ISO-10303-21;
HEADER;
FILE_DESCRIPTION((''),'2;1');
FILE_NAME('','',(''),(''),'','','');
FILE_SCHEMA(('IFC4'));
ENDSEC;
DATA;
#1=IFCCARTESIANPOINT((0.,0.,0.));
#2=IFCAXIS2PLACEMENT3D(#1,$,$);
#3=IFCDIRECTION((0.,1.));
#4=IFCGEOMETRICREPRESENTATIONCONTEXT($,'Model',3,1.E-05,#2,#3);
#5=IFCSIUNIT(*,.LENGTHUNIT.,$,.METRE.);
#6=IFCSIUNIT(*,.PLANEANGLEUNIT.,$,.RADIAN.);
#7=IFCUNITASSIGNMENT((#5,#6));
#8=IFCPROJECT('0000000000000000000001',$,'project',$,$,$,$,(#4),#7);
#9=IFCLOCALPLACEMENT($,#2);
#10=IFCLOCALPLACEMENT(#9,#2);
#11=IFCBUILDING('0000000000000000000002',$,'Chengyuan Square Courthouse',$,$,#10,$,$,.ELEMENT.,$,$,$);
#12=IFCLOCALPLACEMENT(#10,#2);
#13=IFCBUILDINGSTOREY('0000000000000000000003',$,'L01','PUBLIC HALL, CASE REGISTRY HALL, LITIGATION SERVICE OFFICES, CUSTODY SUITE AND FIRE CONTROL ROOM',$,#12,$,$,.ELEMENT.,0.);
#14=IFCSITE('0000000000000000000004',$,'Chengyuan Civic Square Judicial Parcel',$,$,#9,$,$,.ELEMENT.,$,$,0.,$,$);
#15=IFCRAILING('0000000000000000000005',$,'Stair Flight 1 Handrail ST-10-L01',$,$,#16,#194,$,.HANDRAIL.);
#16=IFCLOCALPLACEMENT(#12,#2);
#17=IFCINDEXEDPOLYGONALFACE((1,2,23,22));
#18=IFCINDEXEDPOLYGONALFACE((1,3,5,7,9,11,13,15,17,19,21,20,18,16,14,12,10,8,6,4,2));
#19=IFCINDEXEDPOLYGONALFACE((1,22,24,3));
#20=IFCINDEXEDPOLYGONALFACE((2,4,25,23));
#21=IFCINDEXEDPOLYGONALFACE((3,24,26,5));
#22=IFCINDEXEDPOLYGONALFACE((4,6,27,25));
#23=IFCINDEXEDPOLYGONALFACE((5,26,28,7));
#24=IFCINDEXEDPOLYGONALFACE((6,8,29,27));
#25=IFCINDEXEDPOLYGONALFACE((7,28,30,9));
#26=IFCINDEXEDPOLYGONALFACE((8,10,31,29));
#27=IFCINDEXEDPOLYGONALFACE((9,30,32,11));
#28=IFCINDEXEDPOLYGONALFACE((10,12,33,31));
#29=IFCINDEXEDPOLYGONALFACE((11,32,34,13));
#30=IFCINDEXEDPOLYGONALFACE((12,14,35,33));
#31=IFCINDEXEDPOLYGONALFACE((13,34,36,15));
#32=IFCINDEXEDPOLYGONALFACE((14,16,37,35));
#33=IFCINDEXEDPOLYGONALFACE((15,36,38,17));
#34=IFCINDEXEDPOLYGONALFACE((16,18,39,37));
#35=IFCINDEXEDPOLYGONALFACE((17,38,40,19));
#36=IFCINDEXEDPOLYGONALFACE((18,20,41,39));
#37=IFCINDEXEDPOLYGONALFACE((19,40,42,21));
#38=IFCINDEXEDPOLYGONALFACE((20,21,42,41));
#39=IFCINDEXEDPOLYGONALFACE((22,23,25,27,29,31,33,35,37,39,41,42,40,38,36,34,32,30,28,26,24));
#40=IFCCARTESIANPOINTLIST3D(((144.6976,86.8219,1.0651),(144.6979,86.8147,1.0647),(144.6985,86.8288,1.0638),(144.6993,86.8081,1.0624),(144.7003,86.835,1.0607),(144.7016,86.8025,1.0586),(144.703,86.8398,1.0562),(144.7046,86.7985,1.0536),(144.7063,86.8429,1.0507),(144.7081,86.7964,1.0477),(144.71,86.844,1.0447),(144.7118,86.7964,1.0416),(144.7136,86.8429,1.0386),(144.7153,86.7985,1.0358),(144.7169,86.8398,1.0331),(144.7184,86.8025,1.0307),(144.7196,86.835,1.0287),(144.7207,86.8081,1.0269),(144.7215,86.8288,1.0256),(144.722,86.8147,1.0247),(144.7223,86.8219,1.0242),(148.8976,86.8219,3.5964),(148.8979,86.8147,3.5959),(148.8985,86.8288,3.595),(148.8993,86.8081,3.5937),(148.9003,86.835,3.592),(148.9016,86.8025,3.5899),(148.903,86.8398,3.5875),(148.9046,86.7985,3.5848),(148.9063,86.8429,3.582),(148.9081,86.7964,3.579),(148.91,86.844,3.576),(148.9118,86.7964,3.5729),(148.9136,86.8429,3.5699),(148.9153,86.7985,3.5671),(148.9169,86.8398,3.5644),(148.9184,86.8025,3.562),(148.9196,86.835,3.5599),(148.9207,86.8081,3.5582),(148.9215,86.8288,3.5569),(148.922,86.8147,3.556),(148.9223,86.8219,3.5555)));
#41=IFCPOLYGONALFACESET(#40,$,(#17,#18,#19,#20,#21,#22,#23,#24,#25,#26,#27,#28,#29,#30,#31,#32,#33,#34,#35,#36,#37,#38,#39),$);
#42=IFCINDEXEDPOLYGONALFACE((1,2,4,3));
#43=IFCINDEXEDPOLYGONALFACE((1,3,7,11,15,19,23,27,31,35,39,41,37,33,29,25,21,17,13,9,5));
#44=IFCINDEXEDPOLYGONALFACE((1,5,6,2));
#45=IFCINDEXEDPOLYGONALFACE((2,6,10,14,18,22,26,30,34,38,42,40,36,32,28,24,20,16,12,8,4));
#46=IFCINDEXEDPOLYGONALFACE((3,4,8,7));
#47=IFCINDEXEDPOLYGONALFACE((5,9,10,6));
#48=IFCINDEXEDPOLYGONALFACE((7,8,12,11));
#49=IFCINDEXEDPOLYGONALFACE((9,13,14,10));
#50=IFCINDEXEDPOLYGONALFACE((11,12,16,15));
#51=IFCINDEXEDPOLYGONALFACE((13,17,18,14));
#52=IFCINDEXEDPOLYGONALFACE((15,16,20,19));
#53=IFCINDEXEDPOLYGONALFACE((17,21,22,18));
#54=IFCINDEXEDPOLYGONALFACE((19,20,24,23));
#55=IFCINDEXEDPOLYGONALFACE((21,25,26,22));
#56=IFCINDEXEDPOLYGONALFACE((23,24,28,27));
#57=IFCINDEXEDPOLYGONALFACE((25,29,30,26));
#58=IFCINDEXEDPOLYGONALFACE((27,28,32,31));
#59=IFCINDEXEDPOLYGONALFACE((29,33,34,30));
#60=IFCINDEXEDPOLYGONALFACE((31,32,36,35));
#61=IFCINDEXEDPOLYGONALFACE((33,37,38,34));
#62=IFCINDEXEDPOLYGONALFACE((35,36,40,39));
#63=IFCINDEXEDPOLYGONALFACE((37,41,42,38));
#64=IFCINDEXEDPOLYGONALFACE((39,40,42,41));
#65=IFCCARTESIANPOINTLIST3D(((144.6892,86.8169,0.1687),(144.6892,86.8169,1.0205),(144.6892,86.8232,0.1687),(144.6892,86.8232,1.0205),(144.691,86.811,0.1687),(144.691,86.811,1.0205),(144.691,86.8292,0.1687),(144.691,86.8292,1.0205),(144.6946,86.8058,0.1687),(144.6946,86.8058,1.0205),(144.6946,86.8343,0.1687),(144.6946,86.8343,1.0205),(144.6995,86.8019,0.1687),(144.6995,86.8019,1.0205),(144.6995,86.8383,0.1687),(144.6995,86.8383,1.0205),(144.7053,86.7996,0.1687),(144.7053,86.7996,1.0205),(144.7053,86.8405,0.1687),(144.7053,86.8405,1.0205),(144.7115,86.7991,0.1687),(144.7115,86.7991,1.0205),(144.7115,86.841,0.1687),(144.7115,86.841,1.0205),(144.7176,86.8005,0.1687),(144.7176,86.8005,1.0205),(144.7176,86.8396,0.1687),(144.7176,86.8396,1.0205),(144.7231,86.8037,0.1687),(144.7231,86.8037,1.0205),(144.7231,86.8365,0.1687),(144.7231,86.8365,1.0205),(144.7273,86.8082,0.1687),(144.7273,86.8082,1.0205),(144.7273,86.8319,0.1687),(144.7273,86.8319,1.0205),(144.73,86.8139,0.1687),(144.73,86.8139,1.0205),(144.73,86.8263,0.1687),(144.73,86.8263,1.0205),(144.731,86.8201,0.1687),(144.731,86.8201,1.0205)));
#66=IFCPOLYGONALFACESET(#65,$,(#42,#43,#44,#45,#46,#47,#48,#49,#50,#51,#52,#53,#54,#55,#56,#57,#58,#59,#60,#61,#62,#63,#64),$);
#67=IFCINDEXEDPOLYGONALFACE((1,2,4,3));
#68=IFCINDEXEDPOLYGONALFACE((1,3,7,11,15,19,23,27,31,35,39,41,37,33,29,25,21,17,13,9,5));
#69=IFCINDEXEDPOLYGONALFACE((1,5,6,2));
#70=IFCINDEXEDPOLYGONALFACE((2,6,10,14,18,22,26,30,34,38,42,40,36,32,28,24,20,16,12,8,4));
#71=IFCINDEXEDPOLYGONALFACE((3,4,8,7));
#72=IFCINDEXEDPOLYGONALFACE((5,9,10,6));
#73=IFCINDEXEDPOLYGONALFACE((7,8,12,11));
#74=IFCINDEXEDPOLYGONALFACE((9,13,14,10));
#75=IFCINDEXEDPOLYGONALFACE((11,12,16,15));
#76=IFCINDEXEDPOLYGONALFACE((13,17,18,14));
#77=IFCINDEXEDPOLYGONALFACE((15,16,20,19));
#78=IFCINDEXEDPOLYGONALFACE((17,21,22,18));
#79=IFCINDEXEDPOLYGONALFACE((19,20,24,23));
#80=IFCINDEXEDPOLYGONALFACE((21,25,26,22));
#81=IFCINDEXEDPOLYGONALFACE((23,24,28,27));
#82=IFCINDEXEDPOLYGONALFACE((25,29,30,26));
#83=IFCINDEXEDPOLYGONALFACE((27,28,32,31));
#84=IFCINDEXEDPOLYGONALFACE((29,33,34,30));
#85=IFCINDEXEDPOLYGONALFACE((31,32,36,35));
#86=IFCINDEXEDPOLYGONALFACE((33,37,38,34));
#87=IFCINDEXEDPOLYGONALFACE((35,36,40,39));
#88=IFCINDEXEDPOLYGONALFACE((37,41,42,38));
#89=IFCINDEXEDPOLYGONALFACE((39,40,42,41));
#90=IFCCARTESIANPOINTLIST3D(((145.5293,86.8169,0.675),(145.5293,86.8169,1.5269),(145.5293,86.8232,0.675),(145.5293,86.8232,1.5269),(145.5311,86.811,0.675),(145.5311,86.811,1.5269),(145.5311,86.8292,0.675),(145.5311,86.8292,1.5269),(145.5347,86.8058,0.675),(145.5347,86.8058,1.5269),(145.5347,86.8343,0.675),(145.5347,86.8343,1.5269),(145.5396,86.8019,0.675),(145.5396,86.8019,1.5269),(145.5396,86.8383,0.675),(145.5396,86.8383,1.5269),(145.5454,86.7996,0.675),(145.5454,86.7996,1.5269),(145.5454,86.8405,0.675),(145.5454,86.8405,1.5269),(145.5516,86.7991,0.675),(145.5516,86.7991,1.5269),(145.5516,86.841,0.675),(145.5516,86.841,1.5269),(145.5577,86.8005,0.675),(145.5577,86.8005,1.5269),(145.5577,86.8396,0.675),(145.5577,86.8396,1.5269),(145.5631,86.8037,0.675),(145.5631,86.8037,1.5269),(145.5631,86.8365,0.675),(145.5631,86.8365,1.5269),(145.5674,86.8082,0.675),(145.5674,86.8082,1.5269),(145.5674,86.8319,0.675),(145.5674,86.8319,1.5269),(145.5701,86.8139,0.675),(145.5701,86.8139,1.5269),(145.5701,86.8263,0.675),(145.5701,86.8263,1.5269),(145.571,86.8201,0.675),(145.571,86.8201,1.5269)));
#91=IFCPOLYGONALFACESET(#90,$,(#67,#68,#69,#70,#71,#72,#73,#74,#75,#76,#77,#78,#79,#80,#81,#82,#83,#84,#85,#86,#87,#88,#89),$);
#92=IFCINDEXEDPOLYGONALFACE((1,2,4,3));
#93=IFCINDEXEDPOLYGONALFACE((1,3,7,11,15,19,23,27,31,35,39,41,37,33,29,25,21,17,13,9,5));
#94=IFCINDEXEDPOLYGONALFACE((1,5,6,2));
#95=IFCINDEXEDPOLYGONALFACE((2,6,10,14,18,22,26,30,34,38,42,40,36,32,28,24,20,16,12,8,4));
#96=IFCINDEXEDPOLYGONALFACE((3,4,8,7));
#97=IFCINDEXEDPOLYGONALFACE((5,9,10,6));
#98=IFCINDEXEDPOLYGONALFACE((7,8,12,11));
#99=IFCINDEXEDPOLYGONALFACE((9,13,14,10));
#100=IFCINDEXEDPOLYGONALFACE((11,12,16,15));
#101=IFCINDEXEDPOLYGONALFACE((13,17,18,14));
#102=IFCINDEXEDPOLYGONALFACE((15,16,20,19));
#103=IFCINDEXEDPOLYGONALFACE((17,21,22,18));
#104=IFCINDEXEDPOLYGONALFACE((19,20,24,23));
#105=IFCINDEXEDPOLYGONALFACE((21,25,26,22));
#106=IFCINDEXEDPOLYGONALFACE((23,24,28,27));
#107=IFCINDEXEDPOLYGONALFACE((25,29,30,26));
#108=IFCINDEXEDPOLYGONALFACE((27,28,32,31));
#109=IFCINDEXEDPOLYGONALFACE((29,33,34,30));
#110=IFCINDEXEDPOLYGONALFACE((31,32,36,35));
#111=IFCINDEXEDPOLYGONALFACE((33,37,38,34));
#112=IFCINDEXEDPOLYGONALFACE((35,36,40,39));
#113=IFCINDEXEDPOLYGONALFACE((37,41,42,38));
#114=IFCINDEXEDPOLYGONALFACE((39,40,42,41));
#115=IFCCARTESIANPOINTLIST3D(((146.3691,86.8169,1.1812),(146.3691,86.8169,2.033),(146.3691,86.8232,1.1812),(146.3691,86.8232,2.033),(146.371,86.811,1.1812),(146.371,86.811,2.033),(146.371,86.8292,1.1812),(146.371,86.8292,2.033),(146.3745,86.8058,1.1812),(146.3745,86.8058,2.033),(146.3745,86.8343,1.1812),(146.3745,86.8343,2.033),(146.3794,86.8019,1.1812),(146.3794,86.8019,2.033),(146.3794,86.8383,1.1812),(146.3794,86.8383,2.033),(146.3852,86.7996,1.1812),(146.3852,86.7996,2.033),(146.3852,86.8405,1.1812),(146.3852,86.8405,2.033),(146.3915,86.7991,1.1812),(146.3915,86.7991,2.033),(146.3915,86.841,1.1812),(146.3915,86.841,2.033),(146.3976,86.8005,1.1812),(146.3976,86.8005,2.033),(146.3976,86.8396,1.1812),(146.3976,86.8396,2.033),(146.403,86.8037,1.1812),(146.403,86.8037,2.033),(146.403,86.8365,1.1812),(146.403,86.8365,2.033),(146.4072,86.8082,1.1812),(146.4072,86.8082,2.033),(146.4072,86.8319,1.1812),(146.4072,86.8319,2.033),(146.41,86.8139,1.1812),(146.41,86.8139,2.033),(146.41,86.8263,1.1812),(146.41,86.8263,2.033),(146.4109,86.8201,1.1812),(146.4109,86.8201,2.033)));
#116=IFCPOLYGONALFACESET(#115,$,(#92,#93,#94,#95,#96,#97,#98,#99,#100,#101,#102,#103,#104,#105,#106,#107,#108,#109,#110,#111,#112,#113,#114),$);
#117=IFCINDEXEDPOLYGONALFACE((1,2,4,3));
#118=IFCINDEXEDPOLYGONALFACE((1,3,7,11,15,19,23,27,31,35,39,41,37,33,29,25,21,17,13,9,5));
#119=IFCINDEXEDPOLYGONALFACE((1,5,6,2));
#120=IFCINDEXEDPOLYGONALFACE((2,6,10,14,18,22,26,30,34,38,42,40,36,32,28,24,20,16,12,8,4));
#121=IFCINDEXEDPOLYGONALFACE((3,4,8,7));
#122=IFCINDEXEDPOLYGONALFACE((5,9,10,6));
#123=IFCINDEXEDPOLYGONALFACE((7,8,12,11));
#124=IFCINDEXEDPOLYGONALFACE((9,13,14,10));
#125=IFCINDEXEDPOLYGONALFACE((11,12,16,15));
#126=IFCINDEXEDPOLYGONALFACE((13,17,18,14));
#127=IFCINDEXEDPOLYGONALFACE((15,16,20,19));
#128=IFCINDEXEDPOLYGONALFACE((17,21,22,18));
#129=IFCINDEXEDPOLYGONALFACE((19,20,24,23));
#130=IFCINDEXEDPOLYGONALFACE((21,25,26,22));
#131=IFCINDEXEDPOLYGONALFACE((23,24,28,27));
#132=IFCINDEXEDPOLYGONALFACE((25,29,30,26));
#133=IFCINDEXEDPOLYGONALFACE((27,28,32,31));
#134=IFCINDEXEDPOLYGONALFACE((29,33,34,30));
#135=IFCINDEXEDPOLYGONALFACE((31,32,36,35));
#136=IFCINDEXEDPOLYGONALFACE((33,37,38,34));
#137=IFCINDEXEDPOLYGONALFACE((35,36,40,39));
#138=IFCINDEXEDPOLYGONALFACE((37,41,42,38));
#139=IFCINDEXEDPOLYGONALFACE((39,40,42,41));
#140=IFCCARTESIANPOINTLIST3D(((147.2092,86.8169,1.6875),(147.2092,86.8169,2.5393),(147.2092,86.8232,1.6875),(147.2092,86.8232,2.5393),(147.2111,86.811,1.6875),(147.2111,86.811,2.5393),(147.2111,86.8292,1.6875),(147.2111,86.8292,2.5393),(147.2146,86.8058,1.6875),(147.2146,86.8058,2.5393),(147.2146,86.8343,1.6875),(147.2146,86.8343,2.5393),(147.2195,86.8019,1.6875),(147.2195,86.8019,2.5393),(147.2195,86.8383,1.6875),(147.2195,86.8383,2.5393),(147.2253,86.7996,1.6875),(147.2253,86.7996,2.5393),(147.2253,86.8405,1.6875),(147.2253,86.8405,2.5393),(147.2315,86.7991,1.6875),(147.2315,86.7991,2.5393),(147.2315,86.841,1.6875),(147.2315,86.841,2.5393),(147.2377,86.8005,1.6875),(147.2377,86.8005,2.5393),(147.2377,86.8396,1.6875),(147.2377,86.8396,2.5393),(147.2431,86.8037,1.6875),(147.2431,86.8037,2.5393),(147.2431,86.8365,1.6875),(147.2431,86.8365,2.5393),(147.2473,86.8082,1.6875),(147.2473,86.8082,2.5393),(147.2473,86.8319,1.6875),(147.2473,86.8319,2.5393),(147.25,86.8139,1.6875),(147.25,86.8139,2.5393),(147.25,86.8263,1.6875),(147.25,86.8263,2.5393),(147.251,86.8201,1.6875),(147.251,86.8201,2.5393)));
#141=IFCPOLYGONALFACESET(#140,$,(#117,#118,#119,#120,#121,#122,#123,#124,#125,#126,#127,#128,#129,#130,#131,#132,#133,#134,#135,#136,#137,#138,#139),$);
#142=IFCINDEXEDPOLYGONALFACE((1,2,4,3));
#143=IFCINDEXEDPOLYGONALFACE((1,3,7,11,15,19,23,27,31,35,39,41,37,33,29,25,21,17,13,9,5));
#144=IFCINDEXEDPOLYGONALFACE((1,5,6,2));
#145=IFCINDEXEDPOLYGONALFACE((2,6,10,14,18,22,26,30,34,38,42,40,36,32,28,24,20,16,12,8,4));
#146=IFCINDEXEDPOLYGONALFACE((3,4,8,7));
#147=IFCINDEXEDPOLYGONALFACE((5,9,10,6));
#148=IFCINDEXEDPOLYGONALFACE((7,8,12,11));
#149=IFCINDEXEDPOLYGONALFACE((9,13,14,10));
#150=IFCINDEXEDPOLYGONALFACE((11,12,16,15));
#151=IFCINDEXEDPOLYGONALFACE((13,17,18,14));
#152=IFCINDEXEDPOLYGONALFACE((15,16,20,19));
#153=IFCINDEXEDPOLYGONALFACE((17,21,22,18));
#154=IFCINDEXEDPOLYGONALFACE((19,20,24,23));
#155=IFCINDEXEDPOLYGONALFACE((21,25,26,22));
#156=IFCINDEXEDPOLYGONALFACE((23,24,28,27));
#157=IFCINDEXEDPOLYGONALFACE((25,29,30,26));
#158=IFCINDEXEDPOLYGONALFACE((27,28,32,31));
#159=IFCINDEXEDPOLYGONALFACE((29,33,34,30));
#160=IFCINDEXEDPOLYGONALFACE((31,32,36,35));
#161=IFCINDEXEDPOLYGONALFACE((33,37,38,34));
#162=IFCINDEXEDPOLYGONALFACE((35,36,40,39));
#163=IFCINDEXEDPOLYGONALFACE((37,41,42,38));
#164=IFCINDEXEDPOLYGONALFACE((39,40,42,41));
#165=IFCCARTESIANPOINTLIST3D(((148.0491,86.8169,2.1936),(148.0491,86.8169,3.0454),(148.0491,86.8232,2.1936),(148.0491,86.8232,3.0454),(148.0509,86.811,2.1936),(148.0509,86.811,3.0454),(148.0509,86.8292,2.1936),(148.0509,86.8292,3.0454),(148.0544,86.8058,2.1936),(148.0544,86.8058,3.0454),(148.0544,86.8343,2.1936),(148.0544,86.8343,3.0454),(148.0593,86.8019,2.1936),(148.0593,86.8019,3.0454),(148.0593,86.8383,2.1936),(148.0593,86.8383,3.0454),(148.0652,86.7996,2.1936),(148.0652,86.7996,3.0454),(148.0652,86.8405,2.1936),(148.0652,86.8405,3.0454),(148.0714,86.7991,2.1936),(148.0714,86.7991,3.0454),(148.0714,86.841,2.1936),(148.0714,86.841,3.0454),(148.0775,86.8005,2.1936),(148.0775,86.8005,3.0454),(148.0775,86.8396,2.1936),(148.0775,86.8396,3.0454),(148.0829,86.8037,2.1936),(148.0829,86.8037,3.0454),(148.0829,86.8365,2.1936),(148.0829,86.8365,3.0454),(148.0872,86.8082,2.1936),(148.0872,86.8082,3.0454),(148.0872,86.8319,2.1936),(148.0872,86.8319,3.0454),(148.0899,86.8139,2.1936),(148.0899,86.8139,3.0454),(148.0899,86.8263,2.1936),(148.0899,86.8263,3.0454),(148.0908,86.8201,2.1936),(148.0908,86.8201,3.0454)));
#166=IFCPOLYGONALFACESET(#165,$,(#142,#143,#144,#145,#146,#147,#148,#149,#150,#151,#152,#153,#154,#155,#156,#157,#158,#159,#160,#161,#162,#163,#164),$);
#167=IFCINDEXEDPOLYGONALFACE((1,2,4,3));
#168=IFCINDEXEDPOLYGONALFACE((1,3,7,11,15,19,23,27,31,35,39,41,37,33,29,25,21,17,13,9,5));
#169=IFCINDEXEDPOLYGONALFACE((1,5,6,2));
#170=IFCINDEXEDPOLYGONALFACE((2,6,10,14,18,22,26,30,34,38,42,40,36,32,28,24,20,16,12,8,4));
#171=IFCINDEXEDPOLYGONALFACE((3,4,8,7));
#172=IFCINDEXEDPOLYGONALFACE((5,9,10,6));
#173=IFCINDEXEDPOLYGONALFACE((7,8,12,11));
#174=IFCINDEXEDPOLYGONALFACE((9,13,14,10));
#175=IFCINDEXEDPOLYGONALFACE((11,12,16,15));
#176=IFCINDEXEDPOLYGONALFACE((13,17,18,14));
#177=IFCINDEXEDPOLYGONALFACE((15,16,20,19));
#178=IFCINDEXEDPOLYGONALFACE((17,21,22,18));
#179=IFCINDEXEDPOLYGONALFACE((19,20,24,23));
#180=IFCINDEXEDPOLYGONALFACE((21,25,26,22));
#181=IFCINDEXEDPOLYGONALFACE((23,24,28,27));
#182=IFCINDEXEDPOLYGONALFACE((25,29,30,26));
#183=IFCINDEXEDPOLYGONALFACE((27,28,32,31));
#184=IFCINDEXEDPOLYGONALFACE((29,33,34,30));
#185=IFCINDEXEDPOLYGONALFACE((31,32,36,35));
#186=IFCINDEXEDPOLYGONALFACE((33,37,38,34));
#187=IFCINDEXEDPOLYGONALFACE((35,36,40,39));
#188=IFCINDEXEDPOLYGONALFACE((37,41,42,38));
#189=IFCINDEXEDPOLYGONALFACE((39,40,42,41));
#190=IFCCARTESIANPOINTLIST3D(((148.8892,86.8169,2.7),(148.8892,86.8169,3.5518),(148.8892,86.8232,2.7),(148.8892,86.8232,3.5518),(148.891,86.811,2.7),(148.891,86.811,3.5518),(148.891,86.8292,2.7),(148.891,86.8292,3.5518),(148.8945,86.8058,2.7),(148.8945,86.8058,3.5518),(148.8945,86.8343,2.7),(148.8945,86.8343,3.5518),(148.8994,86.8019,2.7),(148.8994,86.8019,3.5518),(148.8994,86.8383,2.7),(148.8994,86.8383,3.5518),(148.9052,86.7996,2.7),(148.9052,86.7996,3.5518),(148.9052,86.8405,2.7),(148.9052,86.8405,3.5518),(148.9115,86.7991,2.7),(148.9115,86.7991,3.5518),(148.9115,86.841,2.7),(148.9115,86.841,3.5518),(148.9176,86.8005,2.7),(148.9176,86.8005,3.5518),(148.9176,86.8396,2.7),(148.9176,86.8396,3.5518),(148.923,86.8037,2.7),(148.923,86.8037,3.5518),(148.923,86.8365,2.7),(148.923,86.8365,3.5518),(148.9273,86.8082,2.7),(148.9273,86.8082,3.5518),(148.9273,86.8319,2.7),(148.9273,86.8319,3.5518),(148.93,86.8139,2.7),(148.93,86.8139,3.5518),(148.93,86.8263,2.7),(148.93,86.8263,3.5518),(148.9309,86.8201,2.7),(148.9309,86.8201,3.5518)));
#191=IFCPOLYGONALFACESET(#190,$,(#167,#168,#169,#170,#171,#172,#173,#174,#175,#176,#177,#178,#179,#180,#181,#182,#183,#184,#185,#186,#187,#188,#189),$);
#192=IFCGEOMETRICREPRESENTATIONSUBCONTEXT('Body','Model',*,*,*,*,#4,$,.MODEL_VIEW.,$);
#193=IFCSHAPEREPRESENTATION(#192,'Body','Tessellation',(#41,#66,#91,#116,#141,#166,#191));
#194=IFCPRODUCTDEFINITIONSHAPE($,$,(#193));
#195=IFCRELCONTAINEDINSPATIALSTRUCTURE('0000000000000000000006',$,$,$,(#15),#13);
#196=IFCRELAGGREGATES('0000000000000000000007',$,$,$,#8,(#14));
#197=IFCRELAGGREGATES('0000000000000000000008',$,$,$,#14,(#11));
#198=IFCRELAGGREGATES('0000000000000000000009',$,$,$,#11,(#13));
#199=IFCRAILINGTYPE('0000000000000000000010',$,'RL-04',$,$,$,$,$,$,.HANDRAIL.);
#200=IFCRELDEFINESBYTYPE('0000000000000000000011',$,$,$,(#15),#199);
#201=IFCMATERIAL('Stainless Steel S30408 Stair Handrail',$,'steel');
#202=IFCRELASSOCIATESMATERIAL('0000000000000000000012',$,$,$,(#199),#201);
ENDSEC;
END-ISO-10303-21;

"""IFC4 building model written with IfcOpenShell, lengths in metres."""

from ifc_helpers import new_model, si_unit, direction, frame, origin, origin_2d, place, context, subcontext, project, spatial, circle, extrude, material, type_object, element, save


model = new_model("IFC4")

# Units and contexts
model_context = context("Model", 3, precision=1e-05, world=origin(), true_north=direction((0.0, 1.0)))
body_context = subcontext(model_context, "Body", "Model", "MODEL_VIEW")
ifc_project = project(units=[si_unit("LENGTHUNIT", "METRE"), si_unit("PLANEANGLEUNIT", "RADIAN")], contexts=[model_context])

# Site, building, storey
site_placement = place(None, origin())
site = spatial("IfcSite", under=ifc_project, at=site_placement, Name="Chengyuan Civic Square Judicial Parcel", CompositionType="ELEMENT", RefElevation=0.0)
building_placement = place(site_placement, origin())
building = spatial("IfcBuilding", under=site, at=building_placement, Name="Chengyuan Square Courthouse", CompositionType="ELEMENT")
storey_placement = place(building_placement, origin())
storey = spatial("IfcBuildingStorey", under=building, at=storey_placement, Name="L01", Description="PUBLIC HALL, CASE REGISTRY HALL, LITIGATION SERVICE OFFICES, CUSTODY SUITE AND FIRE CONTROL ROOM", CompositionType="ELEMENT", Elevation=0.0)

# Railing
ifc_material_1 = material(Name="Stainless Steel S30408 Stair Handrail", Category="steel")
railing_type_1 = type_object("IfcRailingType", Name="RL-04", PredefinedType="HANDRAIL", material=ifc_material_1)
railing_1_placement = place(storey_placement, frame((144.71, 86.8201, 0.1687)))
element("IfcRailing", 1, at=railing_1_placement, inside=storey, type_object=railing_type_1, Name="Stair Flight 1 Handrail ST-10-L01", PredefinedType="HANDRAIL", context=body_context, shape_type="SweptSolid", body=[
    extrude(circle(Radius=0.0239, at=origin_2d()), frame((0.0, 0.0, 0.876), z_axis=(0.856476, 0.0, 0.516186), x_axis=(0.0, 1.0, 0.0)), (0.0, 0.0, 1.0), 4.9038),
    extrude(circle(Radius=0.021, at=origin_2d()), origin(), (0.0, 0.0, 1.0), 0.8518),
    extrude(circle(Radius=0.021, at=origin_2d()), frame((0.8401, 0.0, 0.5063)), (0.0, 0.0, 1.0), 0.8518),
    extrude(circle(Radius=0.021, at=origin_2d()), frame((1.6799, 0.0, 1.0125)), (0.0, 0.0, 1.0), 0.8518),
    extrude(circle(Radius=0.021, at=origin_2d()), frame((2.52, 0.0, 1.5188)), (0.0, 0.0, 1.0), 0.8518),
    extrude(circle(Radius=0.021, at=origin_2d()), frame((3.3599, 0.0, 2.0249)), (0.0, 0.0, 1.0), 0.8518),
    extrude(circle(Radius=0.021, at=origin_2d()), frame((4.2, 0.0, 2.5312)), (0.0, 0.0, 1.0), 0.8518),
])

save(model, "model.ifc")
